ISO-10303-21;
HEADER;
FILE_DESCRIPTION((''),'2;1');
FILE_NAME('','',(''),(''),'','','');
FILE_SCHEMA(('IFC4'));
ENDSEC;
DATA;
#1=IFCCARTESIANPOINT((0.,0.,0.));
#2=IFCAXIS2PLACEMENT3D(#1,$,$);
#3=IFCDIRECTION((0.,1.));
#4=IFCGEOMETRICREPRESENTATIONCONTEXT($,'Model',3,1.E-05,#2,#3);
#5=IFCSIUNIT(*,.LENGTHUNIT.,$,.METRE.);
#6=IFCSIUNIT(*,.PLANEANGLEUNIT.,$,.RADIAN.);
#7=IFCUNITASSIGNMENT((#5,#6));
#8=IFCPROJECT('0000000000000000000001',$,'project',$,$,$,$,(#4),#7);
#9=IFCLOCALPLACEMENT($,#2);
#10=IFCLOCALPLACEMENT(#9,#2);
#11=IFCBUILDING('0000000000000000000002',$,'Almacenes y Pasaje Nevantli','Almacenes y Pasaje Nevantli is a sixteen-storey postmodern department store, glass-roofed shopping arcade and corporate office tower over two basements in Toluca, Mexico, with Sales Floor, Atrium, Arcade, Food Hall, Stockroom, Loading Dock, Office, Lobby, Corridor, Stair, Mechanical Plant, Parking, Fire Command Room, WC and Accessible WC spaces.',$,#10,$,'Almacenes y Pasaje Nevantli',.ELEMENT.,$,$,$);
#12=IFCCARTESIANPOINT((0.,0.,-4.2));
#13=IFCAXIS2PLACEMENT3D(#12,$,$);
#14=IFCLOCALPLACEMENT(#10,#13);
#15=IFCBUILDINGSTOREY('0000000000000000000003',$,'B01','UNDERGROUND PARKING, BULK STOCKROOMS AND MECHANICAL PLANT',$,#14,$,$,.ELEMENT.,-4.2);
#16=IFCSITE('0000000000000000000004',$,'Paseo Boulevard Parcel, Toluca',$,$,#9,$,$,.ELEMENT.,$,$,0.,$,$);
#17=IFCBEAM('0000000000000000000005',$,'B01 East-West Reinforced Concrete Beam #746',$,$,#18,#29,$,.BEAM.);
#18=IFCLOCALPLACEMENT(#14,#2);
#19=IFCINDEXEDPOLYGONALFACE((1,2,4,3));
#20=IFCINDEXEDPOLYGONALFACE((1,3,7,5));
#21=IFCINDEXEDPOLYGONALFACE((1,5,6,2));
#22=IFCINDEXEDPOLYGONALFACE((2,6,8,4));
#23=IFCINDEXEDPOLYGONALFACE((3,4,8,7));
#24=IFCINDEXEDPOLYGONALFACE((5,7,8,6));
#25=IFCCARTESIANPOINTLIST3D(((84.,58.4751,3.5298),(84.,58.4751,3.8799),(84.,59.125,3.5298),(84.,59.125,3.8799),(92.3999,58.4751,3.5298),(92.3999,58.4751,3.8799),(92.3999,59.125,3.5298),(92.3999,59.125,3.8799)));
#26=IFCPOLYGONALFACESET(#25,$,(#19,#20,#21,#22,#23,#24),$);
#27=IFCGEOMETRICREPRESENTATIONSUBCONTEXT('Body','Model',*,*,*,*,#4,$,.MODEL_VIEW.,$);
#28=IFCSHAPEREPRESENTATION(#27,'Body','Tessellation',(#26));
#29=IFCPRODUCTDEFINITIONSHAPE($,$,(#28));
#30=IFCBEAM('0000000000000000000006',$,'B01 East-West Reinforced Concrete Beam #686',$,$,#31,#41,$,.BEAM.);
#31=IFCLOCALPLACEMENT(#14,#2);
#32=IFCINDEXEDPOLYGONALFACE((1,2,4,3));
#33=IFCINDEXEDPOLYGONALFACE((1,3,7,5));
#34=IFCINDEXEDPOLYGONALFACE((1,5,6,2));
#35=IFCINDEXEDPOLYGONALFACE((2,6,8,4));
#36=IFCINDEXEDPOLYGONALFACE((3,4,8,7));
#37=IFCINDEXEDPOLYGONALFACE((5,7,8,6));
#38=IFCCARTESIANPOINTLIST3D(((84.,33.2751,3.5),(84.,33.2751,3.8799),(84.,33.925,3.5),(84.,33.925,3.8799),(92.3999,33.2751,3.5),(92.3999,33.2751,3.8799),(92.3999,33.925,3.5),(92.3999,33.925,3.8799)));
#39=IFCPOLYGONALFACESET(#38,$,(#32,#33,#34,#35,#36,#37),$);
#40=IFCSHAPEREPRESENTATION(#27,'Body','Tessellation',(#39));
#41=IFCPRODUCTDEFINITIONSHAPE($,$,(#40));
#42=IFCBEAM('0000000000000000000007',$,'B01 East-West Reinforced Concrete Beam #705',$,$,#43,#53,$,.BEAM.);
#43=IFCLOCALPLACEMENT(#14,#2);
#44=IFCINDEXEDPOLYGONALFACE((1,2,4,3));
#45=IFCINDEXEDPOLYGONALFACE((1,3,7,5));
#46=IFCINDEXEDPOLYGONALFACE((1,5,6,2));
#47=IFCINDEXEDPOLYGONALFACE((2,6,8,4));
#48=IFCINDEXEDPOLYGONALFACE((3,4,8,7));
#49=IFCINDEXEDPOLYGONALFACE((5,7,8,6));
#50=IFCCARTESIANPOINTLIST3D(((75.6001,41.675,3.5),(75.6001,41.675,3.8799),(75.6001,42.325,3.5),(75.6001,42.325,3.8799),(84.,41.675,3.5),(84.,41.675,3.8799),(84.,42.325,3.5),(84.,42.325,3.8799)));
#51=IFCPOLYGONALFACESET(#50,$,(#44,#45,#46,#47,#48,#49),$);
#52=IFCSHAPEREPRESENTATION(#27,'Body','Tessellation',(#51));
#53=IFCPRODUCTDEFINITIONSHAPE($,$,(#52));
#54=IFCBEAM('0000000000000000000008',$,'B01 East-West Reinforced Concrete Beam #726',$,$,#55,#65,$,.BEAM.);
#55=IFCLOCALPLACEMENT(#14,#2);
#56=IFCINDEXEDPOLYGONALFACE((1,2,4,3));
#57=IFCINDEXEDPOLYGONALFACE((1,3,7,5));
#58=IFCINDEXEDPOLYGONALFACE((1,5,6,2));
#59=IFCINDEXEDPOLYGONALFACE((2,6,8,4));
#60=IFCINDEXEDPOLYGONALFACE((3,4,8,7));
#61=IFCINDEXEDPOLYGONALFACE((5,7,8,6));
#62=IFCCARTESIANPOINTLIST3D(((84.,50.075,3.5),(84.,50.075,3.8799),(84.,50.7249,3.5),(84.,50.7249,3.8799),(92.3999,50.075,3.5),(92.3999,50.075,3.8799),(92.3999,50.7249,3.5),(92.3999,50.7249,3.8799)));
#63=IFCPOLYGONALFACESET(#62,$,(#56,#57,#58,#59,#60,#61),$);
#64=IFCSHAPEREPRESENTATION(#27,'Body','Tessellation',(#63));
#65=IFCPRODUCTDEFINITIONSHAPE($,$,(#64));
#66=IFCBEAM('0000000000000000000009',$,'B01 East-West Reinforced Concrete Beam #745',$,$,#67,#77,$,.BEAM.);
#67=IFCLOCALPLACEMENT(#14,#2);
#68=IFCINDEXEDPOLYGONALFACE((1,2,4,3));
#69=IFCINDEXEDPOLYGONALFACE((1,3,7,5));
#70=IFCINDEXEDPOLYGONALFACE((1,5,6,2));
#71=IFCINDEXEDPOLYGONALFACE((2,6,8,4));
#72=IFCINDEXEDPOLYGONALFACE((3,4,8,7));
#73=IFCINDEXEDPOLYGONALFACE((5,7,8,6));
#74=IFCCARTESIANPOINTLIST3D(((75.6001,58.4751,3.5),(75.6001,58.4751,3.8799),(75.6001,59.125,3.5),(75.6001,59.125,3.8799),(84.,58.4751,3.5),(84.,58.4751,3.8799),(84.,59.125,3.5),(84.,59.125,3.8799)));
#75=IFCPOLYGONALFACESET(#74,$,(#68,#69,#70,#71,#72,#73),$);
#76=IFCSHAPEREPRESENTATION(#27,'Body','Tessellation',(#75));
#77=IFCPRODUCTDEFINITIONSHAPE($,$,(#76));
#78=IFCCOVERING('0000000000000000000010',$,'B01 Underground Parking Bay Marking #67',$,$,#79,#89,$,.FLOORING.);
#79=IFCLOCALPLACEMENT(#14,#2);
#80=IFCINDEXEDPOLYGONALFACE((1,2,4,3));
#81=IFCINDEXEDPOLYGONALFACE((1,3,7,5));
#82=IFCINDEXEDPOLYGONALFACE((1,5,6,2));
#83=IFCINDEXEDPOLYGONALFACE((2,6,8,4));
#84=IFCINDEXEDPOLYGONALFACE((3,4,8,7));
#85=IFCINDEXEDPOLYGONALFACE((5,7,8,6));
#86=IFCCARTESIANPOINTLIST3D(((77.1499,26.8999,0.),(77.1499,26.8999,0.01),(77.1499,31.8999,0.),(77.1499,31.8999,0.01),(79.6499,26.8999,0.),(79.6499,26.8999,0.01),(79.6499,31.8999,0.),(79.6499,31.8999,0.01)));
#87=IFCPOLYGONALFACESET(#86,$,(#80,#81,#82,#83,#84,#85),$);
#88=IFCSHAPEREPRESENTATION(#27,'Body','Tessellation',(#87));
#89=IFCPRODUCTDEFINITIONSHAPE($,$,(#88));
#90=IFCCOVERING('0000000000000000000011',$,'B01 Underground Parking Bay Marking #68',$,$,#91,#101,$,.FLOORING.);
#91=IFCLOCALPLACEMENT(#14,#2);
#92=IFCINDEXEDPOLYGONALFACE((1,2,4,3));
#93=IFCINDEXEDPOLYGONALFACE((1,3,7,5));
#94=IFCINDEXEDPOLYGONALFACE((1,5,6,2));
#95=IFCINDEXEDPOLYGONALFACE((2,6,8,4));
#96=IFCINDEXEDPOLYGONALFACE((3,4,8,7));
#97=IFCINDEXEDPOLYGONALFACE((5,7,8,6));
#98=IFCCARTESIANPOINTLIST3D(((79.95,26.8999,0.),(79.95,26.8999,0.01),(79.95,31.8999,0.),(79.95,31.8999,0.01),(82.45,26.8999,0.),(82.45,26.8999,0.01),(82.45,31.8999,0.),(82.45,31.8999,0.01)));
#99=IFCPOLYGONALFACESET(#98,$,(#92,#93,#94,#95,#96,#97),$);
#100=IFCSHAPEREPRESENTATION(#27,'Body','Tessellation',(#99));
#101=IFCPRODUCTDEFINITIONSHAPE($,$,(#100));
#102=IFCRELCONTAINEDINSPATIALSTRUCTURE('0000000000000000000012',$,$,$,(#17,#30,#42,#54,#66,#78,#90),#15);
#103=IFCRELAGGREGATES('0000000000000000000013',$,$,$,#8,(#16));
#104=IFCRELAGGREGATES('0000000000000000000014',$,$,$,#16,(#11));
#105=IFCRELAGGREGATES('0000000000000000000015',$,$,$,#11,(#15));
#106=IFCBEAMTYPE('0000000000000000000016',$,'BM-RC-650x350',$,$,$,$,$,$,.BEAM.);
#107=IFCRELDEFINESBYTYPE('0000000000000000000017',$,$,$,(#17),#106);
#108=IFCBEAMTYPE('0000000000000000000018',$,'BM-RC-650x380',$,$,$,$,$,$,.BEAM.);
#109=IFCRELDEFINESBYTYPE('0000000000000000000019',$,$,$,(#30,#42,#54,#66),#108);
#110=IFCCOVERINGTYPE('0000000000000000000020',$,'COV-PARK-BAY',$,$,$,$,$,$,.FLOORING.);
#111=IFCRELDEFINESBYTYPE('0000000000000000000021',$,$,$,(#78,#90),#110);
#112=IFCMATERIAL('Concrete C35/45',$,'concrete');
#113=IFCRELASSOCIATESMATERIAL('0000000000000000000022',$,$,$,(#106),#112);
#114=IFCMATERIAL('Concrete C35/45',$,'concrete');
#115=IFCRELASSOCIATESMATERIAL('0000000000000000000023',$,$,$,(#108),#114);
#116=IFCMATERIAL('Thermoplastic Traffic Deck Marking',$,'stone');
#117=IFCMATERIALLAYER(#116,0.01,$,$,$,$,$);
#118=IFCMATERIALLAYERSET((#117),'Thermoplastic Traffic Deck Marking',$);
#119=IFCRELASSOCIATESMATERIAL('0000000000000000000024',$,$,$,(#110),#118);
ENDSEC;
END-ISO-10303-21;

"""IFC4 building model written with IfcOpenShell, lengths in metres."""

from ifc_helpers import new_model, si_unit, direction, frame, origin, origin_2d, place, context, subcontext, project, spatial, rectangle, extrude, material, layer, layer_set, material_profile, profile_set, type_object, element, save


model = new_model("IFC4")

# Units and contexts
model_context = context("Model", 3, precision=1e-05, world=origin(), true_north=direction((0.0, 1.0)))
body_context = subcontext(model_context, "Body", "Model", "MODEL_VIEW")
ifc_project = project(units=[si_unit("LENGTHUNIT", "METRE"), si_unit("PLANEANGLEUNIT", "RADIAN")], contexts=[model_context])

# Site, building, storey
site_placement = place(None, origin())
site = spatial("IfcSite", under=ifc_project, at=site_placement, Name="Paseo Boulevard Parcel, Toluca", CompositionType="ELEMENT", RefElevation=0.0)
building_placement = place(site_placement, origin())
building = spatial("IfcBuilding", under=site, at=building_placement, Name="Almacenes y Pasaje Nevantli", Description="Almacenes y Pasaje Nevantli is a sixteen-storey postmodern department store, glass-roofed shopping arcade and corporate office tower over two basements in Toluca, Mexico, with Sales Floor, Atrium, Arcade, Food Hall, Stockroom, Loading Dock, Office, Lobby, Corridor, Stair, Mechanical Plant, Parking, Fire Command Room, WC and Accessible WC spaces.", LongName="Almacenes y Pasaje Nevantli", CompositionType="ELEMENT")
storey_placement = place(building_placement, frame((0.0, 0.0, -4.2)))
storey = spatial("IfcBuildingStorey", under=building, at=storey_placement, Name="B01", Description="UNDERGROUND PARKING, BULK STOCKROOMS AND MECHANICAL PLANT", CompositionType="ELEMENT", Elevation=-4.2)

# Beams
ifc_material_1 = material(Name="Concrete C35/45", Category="concrete")
ifc_material_profile_1 = material_profile(ifc_material_1, rectangle(XDim=0.6499, YDim=0.3501, at=origin_2d()), Name="RC-BM-650x350")
ifc_profile_set_1 = profile_set([ifc_material_profile_1], Name="Concrete C35/45")
beam_type_1 = type_object("IfcBeamType", Name="BM-RC-650x350", PredefinedType="BEAM", material=ifc_profile_set_1)
for number, where, z_axis, x_axis, name in (
    (1, (84.0, 58.8, 3.7048), (1.0, 0.0, 0.0), (0.0, 1.0, 0.0), "B01 East-West Reinforced Concrete Beam #746"),
):
    element("IfcBeam", number, at=place(storey_placement, frame(where, z_axis=z_axis, x_axis=x_axis)), inside=storey, type_object=beam_type_1, Name=name, PredefinedType="BEAM", context=body_context, shape_type="SweptSolid", body=[
        extrude(rectangle(XDim=0.6499, YDim=0.3501, at=origin_2d()), origin(), (0.0, 0.0, 1.0), 8.3999),
    ])
ifc_material_2 = material(Name="Concrete C35/45", Category="concrete")
ifc_material_profile_2 = material_profile(ifc_material_2, rectangle(XDim=0.6499, YDim=0.3799, at=origin_2d()), Name="RC-BM-650x380")
ifc_profile_set_2 = profile_set([ifc_material_profile_2], Name="Concrete C35/45")
beam_type_2 = type_object("IfcBeamType", Name="BM-RC-650x380", PredefinedType="BEAM", material=ifc_profile_set_2)
for number, where, z_axis, x_axis, name in (
    (2, (84.0, 33.6001, 3.6899), (1.0, 0.0, 0.0), (0.0, 1.0, 0.0), "B01 East-West Reinforced Concrete Beam #686"),
    (3, (75.6001, 42.0, 3.6899), (1.0, 0.0, 0.0), (0.0, 1.0, 0.0), "B01 East-West Reinforced Concrete Beam #705"),
    (4, (84.0, 50.3999, 3.6899), (1.0, 0.0, 0.0), (0.0, 1.0, 0.0), "B01 East-West Reinforced Concrete Beam #726"),
    (5, (75.6001, 58.8, 3.6899), (1.0, 0.0, 0.0), (0.0, 1.0, 0.0), "B01 East-West Reinforced Concrete Beam #745"),
):
    element("IfcBeam", number, at=place(storey_placement, frame(where, z_axis=z_axis, x_axis=x_axis)), inside=storey, type_object=beam_type_2, Name=name, PredefinedType="BEAM", context=body_context, shape_type="SweptSolid", body=[
        extrude(rectangle(XDim=0.6499, YDim=0.3799, at=origin_2d()), origin(), (0.0, 0.0, 1.0), 8.3999),
    ])

# Coverings
ifc_material_3 = material(Name="Thermoplastic Traffic Deck Marking", Category="stone")
ifc_layer = layer(ifc_material_3, 0.01)
ifc_layer_set = layer_set([ifc_layer], Name="Thermoplastic Traffic Deck Marking")
covering_type = type_object("IfcCoveringType", Name="COV-PARK-BAY", PredefinedType="FLOORING", material=ifc_layer_set)
for number, where, z_axis, x_axis, name in (
    (6, (78.3999, 29.3999, 0.0), (0.0, 0.0, 1.0), (1.0, 0.0, 0.0), "B01 Underground Parking Bay Marking #67"),
    (7, (81.2, 29.3999, 0.0), (0.0, 0.0, 1.0), (1.0, 0.0, 0.0), "B01 Underground Parking Bay Marking #68"),
):
    element("IfcCovering", number, at=place(storey_placement, frame(where, z_axis=z_axis, x_axis=x_axis)), inside=storey, type_object=covering_type, Name=name, PredefinedType="FLOORING", context=body_context, shape_type="SweptSolid", body=[
        extrude(rectangle(XDim=2.5, YDim=5.0, at=origin_2d()), origin(), (0.0, 0.0, 1.0), 0.01),
    ])

save(model, "model.ifc")
